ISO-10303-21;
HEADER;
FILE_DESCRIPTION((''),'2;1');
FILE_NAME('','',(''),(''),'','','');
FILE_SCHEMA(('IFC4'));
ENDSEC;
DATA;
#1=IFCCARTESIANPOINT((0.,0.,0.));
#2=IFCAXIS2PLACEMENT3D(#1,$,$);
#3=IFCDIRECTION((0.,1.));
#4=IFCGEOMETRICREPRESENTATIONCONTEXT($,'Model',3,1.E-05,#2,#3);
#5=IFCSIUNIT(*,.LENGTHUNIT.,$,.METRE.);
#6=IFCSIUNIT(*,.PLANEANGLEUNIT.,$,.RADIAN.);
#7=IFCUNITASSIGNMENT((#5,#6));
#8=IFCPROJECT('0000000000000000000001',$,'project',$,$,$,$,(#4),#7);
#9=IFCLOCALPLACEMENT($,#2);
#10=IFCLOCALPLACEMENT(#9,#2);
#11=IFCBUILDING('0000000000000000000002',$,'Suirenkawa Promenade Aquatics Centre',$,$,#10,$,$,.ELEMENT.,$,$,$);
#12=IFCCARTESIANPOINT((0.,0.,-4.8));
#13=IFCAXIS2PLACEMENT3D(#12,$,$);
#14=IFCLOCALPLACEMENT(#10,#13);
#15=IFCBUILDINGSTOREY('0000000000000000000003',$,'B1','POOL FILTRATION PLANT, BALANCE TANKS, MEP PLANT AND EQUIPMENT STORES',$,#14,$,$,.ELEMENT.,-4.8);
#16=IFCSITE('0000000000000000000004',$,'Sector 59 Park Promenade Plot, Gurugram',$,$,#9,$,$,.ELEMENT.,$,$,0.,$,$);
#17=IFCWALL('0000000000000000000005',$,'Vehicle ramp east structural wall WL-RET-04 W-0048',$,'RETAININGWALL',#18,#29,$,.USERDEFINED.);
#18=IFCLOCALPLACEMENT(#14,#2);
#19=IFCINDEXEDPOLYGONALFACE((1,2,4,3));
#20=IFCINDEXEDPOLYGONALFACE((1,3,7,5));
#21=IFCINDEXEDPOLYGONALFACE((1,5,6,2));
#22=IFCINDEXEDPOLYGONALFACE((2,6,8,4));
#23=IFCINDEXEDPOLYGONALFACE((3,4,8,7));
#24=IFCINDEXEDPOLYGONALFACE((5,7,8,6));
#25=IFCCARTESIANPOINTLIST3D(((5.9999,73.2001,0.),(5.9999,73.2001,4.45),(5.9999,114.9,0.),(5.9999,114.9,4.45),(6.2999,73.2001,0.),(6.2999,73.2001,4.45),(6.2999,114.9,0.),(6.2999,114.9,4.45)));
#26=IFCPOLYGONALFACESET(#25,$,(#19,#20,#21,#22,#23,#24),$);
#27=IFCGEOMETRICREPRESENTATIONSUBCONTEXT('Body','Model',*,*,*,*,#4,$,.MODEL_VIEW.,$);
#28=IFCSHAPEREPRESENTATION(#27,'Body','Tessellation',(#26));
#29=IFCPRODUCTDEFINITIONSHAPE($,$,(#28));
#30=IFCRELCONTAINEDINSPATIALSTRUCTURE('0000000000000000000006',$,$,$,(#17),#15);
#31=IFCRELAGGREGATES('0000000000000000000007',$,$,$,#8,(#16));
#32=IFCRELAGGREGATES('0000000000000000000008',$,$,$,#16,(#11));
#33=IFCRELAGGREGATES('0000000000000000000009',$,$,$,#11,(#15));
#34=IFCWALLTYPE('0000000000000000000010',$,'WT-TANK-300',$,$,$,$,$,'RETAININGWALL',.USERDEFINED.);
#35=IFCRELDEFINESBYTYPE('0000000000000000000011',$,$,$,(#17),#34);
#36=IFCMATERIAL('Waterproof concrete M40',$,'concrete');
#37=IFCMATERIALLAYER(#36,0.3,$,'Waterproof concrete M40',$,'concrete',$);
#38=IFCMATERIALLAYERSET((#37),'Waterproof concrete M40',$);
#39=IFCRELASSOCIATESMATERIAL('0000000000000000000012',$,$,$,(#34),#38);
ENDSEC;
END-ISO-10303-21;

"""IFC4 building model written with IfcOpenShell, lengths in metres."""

from ifc_helpers import new_model, si_unit, direction, frame, frame_2d, origin, place, context, subcontext, project, spatial, rectangle, extrude, material, layer, layer_set, type_object, element, save


model = new_model("IFC4")

# Units and contexts
model_context = context("Model", 3, precision=1e-05, world=origin(), true_north=direction((0.0, 1.0)))
body_context = subcontext(model_context, "Body", "Model", "MODEL_VIEW")
ifc_project = project(units=[si_unit("LENGTHUNIT", "METRE"), si_unit("PLANEANGLEUNIT", "RADIAN")], contexts=[model_context])

# Site, building, storey
site_placement = place(None, origin())
site = spatial("IfcSite", under=ifc_project, at=site_placement, Name="Sector 59 Park Promenade Plot, Gurugram", CompositionType="ELEMENT", RefElevation=0.0)
building_placement = place(site_placement, origin())
building = spatial("IfcBuilding", under=site, at=building_placement, Name="Suirenkawa Promenade Aquatics Centre", CompositionType="ELEMENT")
storey_placement = place(building_placement, frame((0.0, 0.0, -4.8)))
storey = spatial("IfcBuildingStorey", under=building, at=storey_placement, Name="B1", Description="POOL FILTRATION PLANT, BALANCE TANKS, MEP PLANT AND EQUIPMENT STORES", CompositionType="ELEMENT", Elevation=-4.8)

# Wall
ifc_material_1 = material(Name="Waterproof concrete M40", Category="concrete")
ifc_layer_1 = layer(ifc_material_1, 0.3, Name="Waterproof concrete M40", Category="concrete")
ifc_layer_set_1 = layer_set([ifc_layer_1], Name="Waterproof concrete M40")
wall_type_1 = type_object("IfcWallType", Name="WT-TANK-300", ElementType="RETAININGWALL", PredefinedType="USERDEFINED", material=ifc_layer_set_1)
wall_1_placement = place(storey_placement, frame((6.1499, 73.2, 0.0), z_axis=(0.0, 0.0, 1.0), x_axis=(0.0, 1.0, 0.0)))
element("IfcWall", 1, at=wall_1_placement, inside=storey, type_object=wall_type_1, Name="Vehicle ramp east structural wall WL-RET-04 W-0048", ObjectType="RETAININGWALL", PredefinedType="USERDEFINED", context=body_context, shape_type="SweptSolid", body=[
    extrude(rectangle(XDim=41.7, YDim=0.3, at=frame_2d((20.8501, 0.0))), origin(), (0.0, 0.0, 1.0), 4.45),
])

save(model, "model.ifc")
